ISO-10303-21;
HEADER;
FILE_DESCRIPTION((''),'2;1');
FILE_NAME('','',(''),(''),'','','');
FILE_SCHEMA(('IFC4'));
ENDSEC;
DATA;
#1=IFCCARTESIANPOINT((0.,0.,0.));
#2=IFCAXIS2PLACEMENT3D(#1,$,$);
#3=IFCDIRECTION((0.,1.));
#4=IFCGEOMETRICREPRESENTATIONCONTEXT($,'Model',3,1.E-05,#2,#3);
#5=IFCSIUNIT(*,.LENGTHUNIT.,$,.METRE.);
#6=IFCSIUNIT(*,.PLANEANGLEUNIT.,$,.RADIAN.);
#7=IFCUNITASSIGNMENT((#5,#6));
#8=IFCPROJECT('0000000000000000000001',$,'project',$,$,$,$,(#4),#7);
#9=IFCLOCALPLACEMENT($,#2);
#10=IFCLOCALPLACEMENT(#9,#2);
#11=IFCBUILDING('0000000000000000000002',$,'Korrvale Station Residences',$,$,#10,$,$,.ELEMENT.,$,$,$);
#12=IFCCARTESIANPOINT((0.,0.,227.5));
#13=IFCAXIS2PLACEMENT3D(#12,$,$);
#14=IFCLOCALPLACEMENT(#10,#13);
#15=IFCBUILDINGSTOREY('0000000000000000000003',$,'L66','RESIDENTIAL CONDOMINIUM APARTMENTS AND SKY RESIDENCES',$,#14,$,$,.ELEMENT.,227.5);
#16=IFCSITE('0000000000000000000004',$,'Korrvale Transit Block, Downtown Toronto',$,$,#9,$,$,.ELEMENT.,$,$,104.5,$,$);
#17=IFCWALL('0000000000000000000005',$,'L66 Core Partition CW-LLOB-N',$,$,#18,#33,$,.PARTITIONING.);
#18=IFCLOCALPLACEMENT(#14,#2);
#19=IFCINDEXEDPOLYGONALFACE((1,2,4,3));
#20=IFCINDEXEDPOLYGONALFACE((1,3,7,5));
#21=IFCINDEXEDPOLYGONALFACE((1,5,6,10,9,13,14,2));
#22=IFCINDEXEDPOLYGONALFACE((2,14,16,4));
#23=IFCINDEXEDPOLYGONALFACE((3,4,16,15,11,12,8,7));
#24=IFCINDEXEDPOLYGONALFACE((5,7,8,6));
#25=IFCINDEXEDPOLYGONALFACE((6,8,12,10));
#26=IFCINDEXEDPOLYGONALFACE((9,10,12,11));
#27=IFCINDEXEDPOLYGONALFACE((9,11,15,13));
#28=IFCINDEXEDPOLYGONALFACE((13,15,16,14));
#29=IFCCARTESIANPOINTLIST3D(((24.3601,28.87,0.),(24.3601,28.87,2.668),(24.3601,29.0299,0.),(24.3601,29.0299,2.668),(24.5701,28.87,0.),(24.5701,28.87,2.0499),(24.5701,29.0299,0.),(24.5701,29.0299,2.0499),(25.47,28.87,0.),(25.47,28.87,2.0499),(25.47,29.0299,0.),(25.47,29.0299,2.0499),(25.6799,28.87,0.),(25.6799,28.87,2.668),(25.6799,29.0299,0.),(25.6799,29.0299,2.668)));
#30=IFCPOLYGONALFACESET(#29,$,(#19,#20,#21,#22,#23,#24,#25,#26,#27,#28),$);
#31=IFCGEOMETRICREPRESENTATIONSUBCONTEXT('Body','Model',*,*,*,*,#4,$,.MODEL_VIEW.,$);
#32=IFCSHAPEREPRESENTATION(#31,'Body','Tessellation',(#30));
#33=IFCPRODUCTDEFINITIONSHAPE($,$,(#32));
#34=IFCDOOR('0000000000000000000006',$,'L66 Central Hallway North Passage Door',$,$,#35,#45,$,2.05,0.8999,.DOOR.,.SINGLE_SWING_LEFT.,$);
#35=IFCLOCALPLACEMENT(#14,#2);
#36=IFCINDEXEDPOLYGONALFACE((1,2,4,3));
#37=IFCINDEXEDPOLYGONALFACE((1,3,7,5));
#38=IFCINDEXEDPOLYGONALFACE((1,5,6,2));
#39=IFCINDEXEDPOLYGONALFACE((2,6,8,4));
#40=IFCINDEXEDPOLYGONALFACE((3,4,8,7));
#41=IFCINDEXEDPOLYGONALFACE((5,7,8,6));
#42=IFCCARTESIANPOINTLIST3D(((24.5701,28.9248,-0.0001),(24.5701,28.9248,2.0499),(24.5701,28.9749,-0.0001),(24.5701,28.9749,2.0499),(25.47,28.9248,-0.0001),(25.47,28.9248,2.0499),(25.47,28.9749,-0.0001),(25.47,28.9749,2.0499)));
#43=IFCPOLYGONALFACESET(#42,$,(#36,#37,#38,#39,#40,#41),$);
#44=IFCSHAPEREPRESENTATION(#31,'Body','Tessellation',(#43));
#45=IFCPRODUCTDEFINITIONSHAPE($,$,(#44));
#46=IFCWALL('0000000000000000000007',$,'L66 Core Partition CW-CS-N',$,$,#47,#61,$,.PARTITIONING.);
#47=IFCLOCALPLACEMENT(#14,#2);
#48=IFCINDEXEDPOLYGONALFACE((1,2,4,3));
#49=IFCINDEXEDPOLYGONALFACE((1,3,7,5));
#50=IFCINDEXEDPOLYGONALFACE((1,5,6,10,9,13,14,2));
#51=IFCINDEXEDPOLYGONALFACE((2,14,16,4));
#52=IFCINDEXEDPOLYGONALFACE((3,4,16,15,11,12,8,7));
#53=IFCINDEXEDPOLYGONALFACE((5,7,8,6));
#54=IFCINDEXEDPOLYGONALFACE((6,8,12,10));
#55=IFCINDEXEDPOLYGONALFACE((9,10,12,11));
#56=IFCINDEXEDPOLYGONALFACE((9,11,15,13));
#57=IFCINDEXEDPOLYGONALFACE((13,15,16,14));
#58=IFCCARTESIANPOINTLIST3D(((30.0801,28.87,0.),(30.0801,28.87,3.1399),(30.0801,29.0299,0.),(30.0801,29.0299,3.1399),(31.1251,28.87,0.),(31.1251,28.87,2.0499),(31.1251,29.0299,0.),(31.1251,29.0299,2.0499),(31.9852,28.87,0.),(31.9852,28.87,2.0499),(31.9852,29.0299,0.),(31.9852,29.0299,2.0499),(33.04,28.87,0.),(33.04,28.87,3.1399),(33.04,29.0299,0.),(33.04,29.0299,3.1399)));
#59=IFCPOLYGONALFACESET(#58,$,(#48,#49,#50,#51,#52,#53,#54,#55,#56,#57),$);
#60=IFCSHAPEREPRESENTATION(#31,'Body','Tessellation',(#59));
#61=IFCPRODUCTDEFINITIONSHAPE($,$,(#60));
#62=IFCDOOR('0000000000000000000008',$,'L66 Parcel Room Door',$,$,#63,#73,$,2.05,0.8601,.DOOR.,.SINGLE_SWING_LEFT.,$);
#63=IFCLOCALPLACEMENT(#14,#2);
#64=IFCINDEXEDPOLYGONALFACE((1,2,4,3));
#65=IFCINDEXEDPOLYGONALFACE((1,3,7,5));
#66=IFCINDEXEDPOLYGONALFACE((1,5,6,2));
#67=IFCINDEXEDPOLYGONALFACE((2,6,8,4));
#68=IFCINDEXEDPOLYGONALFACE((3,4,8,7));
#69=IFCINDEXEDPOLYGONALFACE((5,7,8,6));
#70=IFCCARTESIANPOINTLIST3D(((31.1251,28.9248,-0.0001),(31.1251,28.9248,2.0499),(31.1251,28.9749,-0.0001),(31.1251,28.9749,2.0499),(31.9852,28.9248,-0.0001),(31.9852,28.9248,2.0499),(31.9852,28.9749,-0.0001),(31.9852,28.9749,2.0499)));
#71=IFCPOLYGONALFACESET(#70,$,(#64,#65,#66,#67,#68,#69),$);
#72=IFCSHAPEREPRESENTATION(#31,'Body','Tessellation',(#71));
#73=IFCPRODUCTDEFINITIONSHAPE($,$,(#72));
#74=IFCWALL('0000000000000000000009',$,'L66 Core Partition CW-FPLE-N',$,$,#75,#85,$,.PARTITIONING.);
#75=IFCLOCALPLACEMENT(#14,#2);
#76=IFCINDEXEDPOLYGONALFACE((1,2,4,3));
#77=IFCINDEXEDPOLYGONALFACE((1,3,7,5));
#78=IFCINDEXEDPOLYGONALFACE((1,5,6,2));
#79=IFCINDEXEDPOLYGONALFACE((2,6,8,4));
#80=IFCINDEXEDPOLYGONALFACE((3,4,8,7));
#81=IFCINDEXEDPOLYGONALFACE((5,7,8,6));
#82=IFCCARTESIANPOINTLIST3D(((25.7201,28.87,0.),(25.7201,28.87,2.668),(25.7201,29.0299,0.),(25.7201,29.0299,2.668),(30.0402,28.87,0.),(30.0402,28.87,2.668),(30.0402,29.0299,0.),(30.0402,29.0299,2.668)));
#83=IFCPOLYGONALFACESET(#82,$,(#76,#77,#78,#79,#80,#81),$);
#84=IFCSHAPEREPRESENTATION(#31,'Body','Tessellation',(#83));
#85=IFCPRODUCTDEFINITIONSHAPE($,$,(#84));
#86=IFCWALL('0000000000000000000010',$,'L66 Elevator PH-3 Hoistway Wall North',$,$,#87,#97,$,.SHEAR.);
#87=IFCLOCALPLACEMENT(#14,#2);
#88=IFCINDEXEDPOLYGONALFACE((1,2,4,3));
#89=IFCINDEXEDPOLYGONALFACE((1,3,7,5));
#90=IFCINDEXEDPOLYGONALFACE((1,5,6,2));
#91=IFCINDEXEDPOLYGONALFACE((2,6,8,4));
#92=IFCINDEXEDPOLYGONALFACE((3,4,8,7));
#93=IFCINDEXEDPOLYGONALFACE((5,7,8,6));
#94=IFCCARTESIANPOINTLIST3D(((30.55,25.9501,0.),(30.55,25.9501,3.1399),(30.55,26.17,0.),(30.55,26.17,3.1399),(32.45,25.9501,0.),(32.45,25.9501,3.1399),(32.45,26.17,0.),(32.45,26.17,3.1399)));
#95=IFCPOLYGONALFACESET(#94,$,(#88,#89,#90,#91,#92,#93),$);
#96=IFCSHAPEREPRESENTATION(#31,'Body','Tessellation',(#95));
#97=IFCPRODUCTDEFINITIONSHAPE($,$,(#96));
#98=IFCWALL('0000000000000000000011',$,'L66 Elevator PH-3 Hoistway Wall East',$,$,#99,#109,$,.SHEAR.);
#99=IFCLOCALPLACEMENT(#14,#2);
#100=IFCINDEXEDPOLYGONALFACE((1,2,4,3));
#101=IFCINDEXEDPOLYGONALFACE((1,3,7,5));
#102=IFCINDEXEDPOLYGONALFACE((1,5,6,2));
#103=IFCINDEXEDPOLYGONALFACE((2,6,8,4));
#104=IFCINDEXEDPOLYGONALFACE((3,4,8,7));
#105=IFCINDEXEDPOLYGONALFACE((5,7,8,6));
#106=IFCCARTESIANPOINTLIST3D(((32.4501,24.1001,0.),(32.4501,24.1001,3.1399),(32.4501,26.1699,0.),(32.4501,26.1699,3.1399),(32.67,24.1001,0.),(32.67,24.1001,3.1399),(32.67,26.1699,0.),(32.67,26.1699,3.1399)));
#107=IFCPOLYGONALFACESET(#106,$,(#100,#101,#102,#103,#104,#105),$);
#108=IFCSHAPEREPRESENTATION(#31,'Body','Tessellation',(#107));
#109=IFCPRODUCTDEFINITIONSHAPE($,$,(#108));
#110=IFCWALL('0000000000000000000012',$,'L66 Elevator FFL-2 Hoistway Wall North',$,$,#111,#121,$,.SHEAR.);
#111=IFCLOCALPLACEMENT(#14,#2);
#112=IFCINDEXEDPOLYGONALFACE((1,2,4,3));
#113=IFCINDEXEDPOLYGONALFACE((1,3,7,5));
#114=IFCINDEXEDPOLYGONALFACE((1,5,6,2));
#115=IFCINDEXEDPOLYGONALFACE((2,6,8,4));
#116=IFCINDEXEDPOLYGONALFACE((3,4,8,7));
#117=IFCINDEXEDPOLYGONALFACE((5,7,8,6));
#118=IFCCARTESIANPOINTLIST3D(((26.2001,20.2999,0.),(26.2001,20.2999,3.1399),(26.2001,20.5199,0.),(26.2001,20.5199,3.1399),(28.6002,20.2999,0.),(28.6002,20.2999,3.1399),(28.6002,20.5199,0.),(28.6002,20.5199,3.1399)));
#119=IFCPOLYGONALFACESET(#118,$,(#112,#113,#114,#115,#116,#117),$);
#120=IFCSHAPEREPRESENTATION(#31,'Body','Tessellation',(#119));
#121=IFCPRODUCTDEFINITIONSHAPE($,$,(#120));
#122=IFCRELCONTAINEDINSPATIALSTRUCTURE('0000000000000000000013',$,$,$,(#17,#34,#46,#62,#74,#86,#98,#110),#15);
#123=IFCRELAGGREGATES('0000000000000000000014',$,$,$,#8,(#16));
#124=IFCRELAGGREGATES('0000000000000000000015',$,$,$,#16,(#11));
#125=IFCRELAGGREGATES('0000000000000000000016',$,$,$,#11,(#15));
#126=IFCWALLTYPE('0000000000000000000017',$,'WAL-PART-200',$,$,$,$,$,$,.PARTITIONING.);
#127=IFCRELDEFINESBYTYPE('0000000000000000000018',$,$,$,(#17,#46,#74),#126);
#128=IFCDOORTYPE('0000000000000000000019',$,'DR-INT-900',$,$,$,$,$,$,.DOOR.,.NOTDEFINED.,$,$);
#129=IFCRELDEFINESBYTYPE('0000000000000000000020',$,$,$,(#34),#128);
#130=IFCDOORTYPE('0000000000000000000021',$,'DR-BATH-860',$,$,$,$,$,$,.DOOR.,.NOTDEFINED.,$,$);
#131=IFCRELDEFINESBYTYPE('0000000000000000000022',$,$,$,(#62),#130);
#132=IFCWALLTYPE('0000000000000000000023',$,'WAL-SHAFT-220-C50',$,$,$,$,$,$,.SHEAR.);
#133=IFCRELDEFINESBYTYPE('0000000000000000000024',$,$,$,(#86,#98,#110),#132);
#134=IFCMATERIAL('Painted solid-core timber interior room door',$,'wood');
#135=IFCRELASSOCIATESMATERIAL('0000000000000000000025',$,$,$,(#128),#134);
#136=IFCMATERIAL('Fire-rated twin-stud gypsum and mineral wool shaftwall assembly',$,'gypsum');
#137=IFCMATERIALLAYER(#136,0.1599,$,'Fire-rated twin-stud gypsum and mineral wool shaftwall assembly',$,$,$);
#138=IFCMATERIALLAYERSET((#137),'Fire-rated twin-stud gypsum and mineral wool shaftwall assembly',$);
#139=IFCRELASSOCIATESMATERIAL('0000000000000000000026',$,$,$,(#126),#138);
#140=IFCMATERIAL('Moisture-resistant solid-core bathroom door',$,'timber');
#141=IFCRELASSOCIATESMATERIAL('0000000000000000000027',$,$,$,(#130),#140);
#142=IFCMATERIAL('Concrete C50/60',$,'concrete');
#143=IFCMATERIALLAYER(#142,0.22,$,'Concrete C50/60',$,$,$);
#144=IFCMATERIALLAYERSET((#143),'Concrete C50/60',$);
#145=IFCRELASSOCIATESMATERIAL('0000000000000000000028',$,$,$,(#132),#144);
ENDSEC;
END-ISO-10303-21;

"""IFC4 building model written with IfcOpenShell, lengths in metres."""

from ifc_helpers import new_model, si_unit, direction, frame, frame_2d, origin, place, context, subcontext, project, spatial, rectangle, extrude, material, layer, layer_set, type_object, element, fill, save


model = new_model("IFC4")

# Units and contexts
model_context = context("Model", 3, precision=1e-05, world=origin(), true_north=direction((0.0, 1.0)))
body_context = subcontext(model_context, "Body", "Model", "MODEL_VIEW")
ifc_project = project(units=[si_unit("LENGTHUNIT", "METRE"), si_unit("PLANEANGLEUNIT", "RADIAN")], contexts=[model_context])

# Site, building, storey
site_placement = place(None, origin())
site = spatial("IfcSite", under=ifc_project, at=site_placement, Name="Korrvale Transit Block, Downtown Toronto", CompositionType="ELEMENT", RefElevation=104.5)
building_placement = place(site_placement, origin())
building = spatial("IfcBuilding", under=site, at=building_placement, Name="Korrvale Station Residences", CompositionType="ELEMENT")
storey_placement = place(building_placement, frame((0.0, 0.0, 227.5)))
storey = spatial("IfcBuildingStorey", under=building, at=storey_placement, Name="L66", Description="RESIDENTIAL CONDOMINIUM APARTMENTS AND SKY RESIDENCES", CompositionType="ELEMENT", Elevation=227.5)

# Shared definitions
ifc_material_1 = material(Name="Concrete C50/60", Category="concrete")

# Shared definitions
ifc_material_2 = material(Name="Painted solid-core timber interior room door", Category="wood")
door_type_1 = type_object("IfcDoorType", Name="DR-INT-900", OperationType="NOTDEFINED", PredefinedType="DOOR", material=ifc_material_2)

# Shared definitions
ifc_material_3 = material(Name="Fire-rated twin-stud gypsum and mineral wool shaftwall assembly", Category="gypsum")
ifc_layer_1 = layer(ifc_material_3, 0.1599, Name="Fire-rated twin-stud gypsum and mineral wool shaftwall assembly")
ifc_layer_set_1 = layer_set([ifc_layer_1], Name="Fire-rated twin-stud gypsum and mineral wool shaftwall assembly")
wall_type_1 = type_object("IfcWallType", Name="WAL-PART-200", PredefinedType="PARTITIONING", material=ifc_layer_set_1)

# Walls, openings, doors
wall_1_placement = place(storey_placement, frame((24.3601, 28.95, 0.0), z_axis=(0.0, 0.0, 1.0), x_axis=(1.0, 0.0, 0.0)))
wall_1 = element("IfcWall", 1, at=wall_1_placement, inside=storey, type_object=wall_type_1, Name="L66 Core Partition CW-LLOB-N", PredefinedType="PARTITIONING", context=body_context, shape_type="SweptSolid", body=[
    extrude(rectangle(XDim=1.3198, YDim=0.1599, at=frame_2d((0.6599, 0.0))), origin(), (0.0, 0.0, 1.0), 2.668),
])
opening_1_placement = place(wall_1_placement, frame((0.21, 0.0, 0.0)))
opening_1 = element("IfcOpeningElement", 2, at=opening_1_placement, cuts=wall_1, PredefinedType="OPENING", context=body_context, shape_type="SweptSolid", body=[
    extrude(rectangle(XDim=0.8999, YDim=2.05, at=frame_2d((0.45, 1.0249))), frame((0.0, 0.0898, 0.0), z_axis=(0.0, -1.0, 0.0), x_axis=(1.0, 0.0, 0.0)), (0.0, 0.0, 1.0), 0.1799),
])
door_1_placement = place(opening_1_placement, origin())
door_1 = element("IfcDoor", 3, at=door_1_placement, inside=storey, type_object=door_type_1, Name="L66 Central Hallway North Passage Door", OperationType="SINGLE_SWING_LEFT", OverallHeight=2.05, OverallWidth=0.8999, PredefinedType="DOOR", context=body_context, shape_type="SweptSolid", body=[
    extrude(rectangle(XDim=0.8999, YDim=2.05, at=frame_2d((0.45, 1.0249))), frame((0.0, 0.0249, 0.0), z_axis=(0.0, -1.0, 0.0), x_axis=(1.0, 0.0, 0.0)), (0.0, 0.0, 1.0), 0.05),
])
fill(opening_1, door_1)
wall_2_placement = place(storey_placement, frame((30.0801, 28.95, 0.0), z_axis=(0.0, 0.0, 1.0), x_axis=(1.0, 0.0, 0.0)))
wall_2 = element("IfcWall", 4, at=wall_2_placement, inside=storey, type_object=wall_type_1, Name="L66 Core Partition CW-CS-N", PredefinedType="PARTITIONING", context=body_context, shape_type="SweptSolid", body=[
    extrude(rectangle(XDim=2.96, YDim=0.1599, at=frame_2d((1.48, 0.0))), origin(), (0.0, 0.0, 1.0), 3.1399),
])
opening_2_placement = place(wall_2_placement, frame((1.0449, 0.0, 0.0)))
opening_2 = element("IfcOpeningElement", 5, at=opening_2_placement, cuts=wall_2, PredefinedType="OPENING", context=body_context, shape_type="SweptSolid", body=[
    extrude(rectangle(XDim=0.8601, YDim=2.05, at=frame_2d((0.4302, 1.0249))), frame((0.0, 0.0898, 0.0), z_axis=(0.0, -1.0, 0.0), x_axis=(1.0, 0.0, 0.0)), (0.0, 0.0, 1.0), 0.1799),
])
ifc_material_4 = material(Name="Moisture-resistant solid-core bathroom door", Category="timber")
door_type_2 = type_object("IfcDoorType", Name="DR-BATH-860", OperationType="NOTDEFINED", PredefinedType="DOOR", material=ifc_material_4)
door_2_placement = place(opening_2_placement, origin())
door_2 = element("IfcDoor", 6, at=door_2_placement, inside=storey, type_object=door_type_2, Name="L66 Parcel Room Door", OperationType="SINGLE_SWING_LEFT", OverallHeight=2.05, OverallWidth=0.8601, PredefinedType="DOOR", context=body_context, shape_type="SweptSolid", body=[
    extrude(rectangle(XDim=0.8601, YDim=2.05, at=frame_2d((0.4302, 1.0249))), frame((0.0, 0.0249, 0.0), z_axis=(0.0, -1.0, 0.0), x_axis=(1.0, 0.0, 0.0)), (0.0, 0.0, 1.0), 0.05),
])
fill(opening_2, door_2)

# Walls
wall_3_placement = place(storey_placement, frame((25.72, 28.95, 0.0), z_axis=(0.0, 0.0, 1.0), x_axis=(1.0, 0.0, 0.0)))
element("IfcWall", 7, at=wall_3_placement, inside=storey, type_object=wall_type_1, Name="L66 Core Partition CW-FPLE-N", PredefinedType="PARTITIONING", context=body_context, shape_type="SweptSolid", body=[
    extrude(rectangle(XDim=4.3201, YDim=0.1599, at=frame_2d((2.1602, 0.0))), origin(), (0.0, 0.0, 1.0), 2.668),
])
ifc_layer_2 = layer(ifc_material_1, 0.22, Name="Concrete C50/60")
ifc_layer_set_2 = layer_set([ifc_layer_2], Name="Concrete C50/60")
wall_type_2 = type_object("IfcWallType", Name="WAL-SHAFT-220-C50", PredefinedType="SHEAR", material=ifc_layer_set_2)
wall_4_placement = place(storey_placement, frame((30.55, 26.0601, 0.0), z_axis=(0.0, 0.0, 1.0), x_axis=(1.0, 0.0, 0.0)))
element("IfcWall", 8, at=wall_4_placement, inside=storey, type_object=wall_type_2, Name="L66 Elevator PH-3 Hoistway Wall North", PredefinedType="SHEAR", context=body_context, shape_type="SweptSolid", body=[
    extrude(rectangle(XDim=1.8999, YDim=0.22, at=frame_2d((0.95, 0.0))), origin(), (0.0, 0.0, 1.0), 3.1399),
])

# Walls
wall_5_placement = place(storey_placement, frame((32.5601, 24.1001, 0.0), z_axis=(0.0, 0.0, 1.0), x_axis=(0.0, 1.0, 0.0)))
element("IfcWall", 9, at=wall_5_placement, inside=storey, type_object=wall_type_2, Name="L66 Elevator PH-3 Hoistway Wall East", PredefinedType="SHEAR", context=body_context, shape_type="SweptSolid", body=[
    extrude(rectangle(XDim=2.0698, YDim=0.22, at=frame_2d((1.0349, 0.0))), origin(), (0.0, 0.0, 1.0), 3.1399),
])
wall_6_placement = place(storey_placement, frame((26.2, 20.4099, 0.0), z_axis=(0.0, 0.0, 1.0), x_axis=(1.0, 0.0, 0.0)))
element("IfcWall", 10, at=wall_6_placement, inside=storey, type_object=wall_type_2, Name="L66 Elevator FFL-2 Hoistway Wall North", PredefinedType="SHEAR", context=body_context, shape_type="SweptSolid", body=[
    extrude(rectangle(XDim=2.4001, YDim=0.22, at=frame_2d((1.2002, 0.0))), origin(), (0.0, 0.0, 1.0), 3.1399),
])

save(model, "model.ifc")
